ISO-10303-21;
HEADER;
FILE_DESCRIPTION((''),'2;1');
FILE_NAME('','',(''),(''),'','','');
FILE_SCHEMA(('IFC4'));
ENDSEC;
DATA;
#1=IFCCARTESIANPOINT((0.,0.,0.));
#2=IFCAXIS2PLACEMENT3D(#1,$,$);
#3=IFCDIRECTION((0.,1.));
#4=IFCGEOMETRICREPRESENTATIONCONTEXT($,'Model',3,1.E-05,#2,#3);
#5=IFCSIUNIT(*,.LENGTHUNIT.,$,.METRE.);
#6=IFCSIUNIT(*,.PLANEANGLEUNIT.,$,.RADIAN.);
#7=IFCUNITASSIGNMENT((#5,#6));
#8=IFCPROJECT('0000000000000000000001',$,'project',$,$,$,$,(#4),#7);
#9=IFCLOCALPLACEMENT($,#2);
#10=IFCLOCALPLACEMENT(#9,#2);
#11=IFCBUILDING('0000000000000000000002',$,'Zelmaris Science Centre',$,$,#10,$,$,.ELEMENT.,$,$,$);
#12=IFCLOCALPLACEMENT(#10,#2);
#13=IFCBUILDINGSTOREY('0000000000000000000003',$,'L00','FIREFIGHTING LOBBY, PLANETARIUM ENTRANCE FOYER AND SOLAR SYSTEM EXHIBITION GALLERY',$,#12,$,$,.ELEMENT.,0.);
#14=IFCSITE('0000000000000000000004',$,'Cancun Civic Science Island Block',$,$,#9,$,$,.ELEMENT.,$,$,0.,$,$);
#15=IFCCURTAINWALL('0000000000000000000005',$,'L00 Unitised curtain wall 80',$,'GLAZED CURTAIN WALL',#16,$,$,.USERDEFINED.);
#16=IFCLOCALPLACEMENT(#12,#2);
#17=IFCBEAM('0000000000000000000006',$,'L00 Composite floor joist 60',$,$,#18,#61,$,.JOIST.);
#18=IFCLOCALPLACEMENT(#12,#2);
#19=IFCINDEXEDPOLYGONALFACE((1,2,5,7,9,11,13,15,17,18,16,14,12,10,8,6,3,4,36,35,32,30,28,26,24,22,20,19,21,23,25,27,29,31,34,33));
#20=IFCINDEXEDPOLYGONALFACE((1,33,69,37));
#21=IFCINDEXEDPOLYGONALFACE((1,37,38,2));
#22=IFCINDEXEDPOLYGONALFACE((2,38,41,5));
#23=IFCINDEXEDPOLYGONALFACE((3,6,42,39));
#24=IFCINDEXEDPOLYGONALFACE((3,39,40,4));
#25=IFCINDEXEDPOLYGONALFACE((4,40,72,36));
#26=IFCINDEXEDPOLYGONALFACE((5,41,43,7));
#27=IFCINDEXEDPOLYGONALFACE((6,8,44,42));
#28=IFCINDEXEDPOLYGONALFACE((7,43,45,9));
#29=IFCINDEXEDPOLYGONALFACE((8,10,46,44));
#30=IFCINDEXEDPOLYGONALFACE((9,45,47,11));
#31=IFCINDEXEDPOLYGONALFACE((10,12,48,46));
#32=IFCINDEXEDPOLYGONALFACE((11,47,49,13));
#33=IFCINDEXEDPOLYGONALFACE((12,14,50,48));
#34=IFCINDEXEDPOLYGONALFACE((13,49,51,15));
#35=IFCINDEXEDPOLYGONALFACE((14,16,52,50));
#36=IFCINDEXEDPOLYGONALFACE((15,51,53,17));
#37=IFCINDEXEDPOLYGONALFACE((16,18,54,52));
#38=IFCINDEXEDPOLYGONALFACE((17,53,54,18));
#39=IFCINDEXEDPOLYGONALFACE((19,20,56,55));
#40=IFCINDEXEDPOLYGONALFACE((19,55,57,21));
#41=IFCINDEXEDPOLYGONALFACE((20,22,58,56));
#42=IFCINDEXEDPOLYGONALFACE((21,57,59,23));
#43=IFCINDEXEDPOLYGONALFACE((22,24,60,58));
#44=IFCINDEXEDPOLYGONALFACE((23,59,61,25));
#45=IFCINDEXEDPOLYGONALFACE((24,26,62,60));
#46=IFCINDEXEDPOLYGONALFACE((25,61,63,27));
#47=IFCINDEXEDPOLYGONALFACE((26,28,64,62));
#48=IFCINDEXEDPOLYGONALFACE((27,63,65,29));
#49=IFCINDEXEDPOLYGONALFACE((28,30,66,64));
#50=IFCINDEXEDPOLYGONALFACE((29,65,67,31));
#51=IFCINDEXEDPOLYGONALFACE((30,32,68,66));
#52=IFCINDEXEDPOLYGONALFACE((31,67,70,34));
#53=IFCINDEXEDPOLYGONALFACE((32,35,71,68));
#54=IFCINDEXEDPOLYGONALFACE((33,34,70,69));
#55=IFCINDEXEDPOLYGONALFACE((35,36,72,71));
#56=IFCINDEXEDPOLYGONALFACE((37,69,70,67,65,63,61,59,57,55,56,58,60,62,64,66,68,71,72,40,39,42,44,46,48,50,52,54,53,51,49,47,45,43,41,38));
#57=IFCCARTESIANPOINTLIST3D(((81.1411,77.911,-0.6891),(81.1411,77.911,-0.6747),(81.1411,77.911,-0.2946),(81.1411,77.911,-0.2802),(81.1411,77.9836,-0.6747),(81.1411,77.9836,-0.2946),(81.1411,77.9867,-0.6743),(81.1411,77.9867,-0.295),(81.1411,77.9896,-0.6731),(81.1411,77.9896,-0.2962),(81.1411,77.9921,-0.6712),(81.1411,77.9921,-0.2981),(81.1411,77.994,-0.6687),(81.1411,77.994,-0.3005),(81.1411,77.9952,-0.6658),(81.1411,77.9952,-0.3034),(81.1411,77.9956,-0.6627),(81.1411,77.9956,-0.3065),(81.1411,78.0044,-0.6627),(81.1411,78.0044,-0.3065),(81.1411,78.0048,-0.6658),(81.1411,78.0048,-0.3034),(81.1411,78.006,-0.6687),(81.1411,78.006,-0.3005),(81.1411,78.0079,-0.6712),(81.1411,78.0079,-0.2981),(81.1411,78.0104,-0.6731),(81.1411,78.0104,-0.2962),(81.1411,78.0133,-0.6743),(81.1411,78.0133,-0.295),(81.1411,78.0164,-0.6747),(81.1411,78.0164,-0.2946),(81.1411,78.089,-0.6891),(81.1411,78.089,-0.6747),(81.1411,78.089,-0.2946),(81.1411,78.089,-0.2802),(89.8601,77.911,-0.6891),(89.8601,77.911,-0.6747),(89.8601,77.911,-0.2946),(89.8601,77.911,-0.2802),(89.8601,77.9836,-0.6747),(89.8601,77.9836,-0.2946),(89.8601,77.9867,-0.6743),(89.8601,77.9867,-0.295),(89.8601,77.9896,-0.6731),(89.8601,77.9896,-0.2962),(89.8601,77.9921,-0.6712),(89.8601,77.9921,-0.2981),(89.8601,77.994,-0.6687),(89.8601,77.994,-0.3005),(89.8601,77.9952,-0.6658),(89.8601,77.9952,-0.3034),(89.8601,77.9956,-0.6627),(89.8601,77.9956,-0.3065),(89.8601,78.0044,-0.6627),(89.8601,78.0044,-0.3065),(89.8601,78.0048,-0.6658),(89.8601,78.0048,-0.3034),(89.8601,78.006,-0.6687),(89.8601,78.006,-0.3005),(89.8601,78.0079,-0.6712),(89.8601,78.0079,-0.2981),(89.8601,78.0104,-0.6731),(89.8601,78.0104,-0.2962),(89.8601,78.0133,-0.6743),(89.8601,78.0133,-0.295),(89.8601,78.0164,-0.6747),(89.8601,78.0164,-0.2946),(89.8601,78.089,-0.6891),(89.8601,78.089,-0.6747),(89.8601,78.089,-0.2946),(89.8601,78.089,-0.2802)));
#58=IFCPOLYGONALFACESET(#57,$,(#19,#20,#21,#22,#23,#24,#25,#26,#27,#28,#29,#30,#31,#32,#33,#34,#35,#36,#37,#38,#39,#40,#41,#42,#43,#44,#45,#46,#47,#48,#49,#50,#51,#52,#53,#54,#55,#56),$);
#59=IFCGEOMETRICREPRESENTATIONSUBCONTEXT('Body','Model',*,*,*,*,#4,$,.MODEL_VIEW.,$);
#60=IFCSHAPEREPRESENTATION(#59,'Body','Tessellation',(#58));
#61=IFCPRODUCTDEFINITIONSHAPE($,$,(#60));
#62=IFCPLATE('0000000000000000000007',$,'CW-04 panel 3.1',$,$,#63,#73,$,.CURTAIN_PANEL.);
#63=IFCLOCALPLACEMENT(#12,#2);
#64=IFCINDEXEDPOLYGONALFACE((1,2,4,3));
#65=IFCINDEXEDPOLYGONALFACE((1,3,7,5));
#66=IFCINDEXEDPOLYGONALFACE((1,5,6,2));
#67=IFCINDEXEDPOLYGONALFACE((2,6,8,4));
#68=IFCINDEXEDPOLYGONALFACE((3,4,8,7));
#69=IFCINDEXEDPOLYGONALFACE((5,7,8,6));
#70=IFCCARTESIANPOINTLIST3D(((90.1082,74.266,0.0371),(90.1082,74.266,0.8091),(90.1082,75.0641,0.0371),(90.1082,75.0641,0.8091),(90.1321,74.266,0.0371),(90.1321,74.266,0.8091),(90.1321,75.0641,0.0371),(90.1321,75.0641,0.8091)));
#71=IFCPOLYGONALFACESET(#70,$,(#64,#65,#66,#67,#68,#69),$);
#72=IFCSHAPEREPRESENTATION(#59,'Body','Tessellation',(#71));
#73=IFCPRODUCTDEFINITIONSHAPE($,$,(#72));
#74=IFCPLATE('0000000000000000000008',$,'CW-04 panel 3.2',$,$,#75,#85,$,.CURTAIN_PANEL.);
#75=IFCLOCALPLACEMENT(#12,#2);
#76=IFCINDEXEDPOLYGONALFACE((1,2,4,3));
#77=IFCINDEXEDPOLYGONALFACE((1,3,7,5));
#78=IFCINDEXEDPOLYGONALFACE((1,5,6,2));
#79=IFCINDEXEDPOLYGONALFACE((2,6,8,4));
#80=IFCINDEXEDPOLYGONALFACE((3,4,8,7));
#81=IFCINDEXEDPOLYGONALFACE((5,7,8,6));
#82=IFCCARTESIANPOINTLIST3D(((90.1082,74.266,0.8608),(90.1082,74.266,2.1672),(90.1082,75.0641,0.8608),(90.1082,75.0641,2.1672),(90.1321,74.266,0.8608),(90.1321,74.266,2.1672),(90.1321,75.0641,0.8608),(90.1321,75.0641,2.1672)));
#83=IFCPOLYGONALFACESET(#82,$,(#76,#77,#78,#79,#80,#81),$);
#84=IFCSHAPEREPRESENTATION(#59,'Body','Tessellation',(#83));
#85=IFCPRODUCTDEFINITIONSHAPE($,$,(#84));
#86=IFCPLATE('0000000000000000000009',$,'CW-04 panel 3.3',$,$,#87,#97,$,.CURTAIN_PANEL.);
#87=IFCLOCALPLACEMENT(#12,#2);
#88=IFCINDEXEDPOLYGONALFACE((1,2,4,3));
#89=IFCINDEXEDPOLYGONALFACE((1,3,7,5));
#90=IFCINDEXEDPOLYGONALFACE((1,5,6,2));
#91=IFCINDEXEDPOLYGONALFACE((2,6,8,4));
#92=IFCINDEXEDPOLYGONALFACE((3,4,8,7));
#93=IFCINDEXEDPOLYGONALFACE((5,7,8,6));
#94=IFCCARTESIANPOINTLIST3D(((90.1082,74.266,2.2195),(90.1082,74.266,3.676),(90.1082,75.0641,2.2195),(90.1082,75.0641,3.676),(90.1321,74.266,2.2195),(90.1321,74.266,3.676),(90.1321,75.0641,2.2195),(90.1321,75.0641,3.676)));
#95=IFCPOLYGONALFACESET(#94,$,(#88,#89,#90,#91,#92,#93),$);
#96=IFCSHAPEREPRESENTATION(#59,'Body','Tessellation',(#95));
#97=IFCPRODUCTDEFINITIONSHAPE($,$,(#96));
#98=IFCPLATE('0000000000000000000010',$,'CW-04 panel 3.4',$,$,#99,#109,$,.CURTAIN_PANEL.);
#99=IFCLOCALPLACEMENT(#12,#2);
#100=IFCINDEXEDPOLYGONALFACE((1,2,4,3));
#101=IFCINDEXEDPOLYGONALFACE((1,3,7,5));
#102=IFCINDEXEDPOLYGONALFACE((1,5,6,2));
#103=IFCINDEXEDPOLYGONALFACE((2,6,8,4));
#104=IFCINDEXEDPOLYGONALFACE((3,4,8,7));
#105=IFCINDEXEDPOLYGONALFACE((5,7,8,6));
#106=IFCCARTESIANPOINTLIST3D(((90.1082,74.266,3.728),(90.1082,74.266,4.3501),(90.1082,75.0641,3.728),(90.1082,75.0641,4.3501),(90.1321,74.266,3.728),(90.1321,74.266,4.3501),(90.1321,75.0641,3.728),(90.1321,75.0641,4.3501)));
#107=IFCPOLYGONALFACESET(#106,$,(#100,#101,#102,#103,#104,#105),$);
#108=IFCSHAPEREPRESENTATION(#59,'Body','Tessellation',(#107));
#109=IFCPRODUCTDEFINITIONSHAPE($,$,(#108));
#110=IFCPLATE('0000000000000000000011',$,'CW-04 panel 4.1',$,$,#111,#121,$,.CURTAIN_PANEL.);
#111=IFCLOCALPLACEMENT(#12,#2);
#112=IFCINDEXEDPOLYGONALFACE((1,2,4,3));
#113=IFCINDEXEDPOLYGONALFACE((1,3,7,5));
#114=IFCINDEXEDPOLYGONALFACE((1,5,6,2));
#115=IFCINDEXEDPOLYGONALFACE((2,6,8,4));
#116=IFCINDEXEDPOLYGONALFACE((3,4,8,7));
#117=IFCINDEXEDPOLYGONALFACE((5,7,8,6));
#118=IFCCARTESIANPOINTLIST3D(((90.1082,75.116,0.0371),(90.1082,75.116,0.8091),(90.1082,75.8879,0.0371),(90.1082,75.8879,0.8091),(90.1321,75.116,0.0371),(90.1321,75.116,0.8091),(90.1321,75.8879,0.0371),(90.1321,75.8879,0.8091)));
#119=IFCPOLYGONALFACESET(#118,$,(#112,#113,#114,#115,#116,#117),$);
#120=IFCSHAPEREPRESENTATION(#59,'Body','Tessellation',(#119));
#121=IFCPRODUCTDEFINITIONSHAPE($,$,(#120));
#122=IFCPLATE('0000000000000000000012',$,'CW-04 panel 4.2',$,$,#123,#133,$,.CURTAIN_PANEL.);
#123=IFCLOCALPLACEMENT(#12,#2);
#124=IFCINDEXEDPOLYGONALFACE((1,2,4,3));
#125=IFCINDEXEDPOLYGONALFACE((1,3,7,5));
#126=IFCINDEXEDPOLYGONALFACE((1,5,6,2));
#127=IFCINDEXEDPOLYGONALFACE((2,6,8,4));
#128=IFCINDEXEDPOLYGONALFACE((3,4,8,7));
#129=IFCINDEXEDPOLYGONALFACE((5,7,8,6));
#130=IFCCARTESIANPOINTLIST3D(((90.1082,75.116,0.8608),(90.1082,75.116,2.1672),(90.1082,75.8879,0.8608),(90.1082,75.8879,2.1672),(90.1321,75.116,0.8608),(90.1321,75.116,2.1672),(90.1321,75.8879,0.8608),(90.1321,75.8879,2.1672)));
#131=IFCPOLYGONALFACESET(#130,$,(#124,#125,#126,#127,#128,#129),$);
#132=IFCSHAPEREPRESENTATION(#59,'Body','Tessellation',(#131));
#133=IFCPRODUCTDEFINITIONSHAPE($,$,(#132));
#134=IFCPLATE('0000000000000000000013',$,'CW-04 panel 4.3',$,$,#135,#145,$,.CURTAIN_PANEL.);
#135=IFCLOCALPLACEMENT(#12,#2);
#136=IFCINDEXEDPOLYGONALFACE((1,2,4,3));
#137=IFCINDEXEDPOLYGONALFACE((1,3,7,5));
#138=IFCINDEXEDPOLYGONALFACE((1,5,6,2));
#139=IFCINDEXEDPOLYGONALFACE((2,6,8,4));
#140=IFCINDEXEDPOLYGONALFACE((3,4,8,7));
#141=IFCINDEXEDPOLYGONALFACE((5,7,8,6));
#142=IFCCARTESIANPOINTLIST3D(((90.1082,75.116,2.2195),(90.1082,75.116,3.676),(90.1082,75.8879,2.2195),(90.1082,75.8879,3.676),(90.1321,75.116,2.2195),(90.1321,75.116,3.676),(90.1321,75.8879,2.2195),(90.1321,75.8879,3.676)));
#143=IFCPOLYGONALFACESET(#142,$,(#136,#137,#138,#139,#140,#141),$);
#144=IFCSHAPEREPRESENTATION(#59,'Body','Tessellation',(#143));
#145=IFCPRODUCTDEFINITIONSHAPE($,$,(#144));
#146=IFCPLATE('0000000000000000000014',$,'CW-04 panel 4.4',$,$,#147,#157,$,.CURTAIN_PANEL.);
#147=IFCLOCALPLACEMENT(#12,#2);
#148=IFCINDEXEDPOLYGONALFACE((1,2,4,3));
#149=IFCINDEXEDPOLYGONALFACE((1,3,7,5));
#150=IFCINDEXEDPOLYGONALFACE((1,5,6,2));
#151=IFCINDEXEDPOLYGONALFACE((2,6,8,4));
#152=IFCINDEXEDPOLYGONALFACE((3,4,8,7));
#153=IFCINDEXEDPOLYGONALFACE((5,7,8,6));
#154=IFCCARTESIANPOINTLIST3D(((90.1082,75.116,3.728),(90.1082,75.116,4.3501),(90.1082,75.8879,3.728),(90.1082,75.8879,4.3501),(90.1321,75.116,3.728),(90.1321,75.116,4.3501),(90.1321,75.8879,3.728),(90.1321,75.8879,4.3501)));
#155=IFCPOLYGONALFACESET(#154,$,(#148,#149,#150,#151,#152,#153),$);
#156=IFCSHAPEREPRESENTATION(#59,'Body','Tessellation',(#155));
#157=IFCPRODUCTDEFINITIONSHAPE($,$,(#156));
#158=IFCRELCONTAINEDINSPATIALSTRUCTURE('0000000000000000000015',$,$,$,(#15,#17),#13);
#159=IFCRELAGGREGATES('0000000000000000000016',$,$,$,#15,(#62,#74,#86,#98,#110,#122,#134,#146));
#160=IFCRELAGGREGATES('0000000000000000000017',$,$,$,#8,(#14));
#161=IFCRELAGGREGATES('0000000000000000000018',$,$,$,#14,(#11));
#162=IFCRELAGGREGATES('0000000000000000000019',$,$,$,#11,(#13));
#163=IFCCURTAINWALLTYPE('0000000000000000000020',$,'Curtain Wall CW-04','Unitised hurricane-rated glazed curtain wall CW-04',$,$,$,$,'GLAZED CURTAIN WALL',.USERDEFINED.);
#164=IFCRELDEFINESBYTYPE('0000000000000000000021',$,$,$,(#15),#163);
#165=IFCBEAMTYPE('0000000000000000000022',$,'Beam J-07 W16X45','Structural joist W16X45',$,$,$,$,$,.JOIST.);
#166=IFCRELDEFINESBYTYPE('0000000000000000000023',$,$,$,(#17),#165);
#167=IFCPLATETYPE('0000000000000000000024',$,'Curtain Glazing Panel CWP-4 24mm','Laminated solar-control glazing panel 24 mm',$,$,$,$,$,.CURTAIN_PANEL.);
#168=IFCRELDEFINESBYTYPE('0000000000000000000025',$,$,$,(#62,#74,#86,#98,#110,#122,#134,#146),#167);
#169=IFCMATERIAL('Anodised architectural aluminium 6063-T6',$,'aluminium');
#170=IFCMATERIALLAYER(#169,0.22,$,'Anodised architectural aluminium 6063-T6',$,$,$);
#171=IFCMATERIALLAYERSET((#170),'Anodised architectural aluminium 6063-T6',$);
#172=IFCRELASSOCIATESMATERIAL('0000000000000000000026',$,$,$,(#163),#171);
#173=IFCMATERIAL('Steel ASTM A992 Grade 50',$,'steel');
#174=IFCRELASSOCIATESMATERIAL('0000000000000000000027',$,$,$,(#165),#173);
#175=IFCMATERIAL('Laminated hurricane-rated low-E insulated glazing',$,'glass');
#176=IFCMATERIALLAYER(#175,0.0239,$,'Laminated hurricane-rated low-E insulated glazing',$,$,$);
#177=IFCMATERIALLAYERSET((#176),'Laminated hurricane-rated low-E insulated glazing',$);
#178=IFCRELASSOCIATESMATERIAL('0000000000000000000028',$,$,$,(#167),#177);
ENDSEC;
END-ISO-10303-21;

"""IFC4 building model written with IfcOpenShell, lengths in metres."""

from ifc_helpers import new_model, si_unit, direction, frame, origin, origin_2d, place, context, subcontext, project, spatial, rectangle, i_section, extrude, material, layer, layer_set, material_profile, profile_set, type_object, element, aggregate, save


model = new_model("IFC4")

# Units and contexts
model_context = context("Model", 3, precision=1e-05, world=origin(), true_north=direction((0.0, 1.0)))
body_context = subcontext(model_context, "Body", "Model", "MODEL_VIEW")
ifc_project = project(units=[si_unit("LENGTHUNIT", "METRE"), si_unit("PLANEANGLEUNIT", "RADIAN")], contexts=[model_context])

# Site, building, storey
site_placement = place(None, origin())
site = spatial("IfcSite", under=ifc_project, at=site_placement, Name="Cancun Civic Science Island Block", CompositionType="ELEMENT", RefElevation=0.0)
building_placement = place(site_placement, origin())
building = spatial("IfcBuilding", under=site, at=building_placement, Name="Zelmaris Science Centre", CompositionType="ELEMENT")
storey_placement = place(building_placement, origin())
storey = spatial("IfcBuildingStorey", under=building, at=storey_placement, Name="L00", Description="FIREFIGHTING LOBBY, PLANETARIUM ENTRANCE FOYER AND SOLAR SYSTEM EXHIBITION GALLERY", CompositionType="ELEMENT", Elevation=0.0)

# Shared definitions
ifc_material_1 = material(Name="Steel ASTM A992 Grade 50", Category="steel")

# Curtain wall
ifc_material_2 = material(Name="Anodised architectural aluminium 6063-T6", Category="aluminium")
ifc_layer_1 = layer(ifc_material_2, 0.22, Name="Anodised architectural aluminium 6063-T6")
ifc_layer_set_1 = layer_set([ifc_layer_1], Name="Anodised architectural aluminium 6063-T6")
curtain_wall_type_1 = type_object("IfcCurtainWallType", Name="Curtain Wall CW-04", Description="Unitised hurricane-rated glazed curtain wall CW-04", ElementType="GLAZED CURTAIN WALL", PredefinedType="USERDEFINED", material=ifc_layer_set_1)
curtain_wall_1_placement = place(storey_placement, origin())
curtain_wall_1 = element("IfcCurtainWall", 1, at=curtain_wall_1_placement, inside=storey, type_object=curtain_wall_type_1, Name="L00 Unitised curtain wall 80", ObjectType="GLAZED CURTAIN WALL", PredefinedType="USERDEFINED")

# Beam
ifc_material_profile_1 = material_profile(ifc_material_1, i_section(OverallWidth=0.178, OverallDepth=0.4089, WebThickness=0.0088, FlangeThickness=0.0144, FilletRadius=0.012, at=origin_2d()), Name="W16X45")
ifc_profile_set_1 = profile_set([ifc_material_profile_1], Name="Steel ASTM A992 Grade 50")
beam_type_1 = type_object("IfcBeamType", Name="Beam J-07 W16X45", Description="Structural joist W16X45", PredefinedType="JOIST", material=ifc_profile_set_1)
beam_1_placement = place(storey_placement, frame((81.1411, 78.0, -0.4846), z_axis=(1.0, 0.0, 0.0), x_axis=(0.0, 1.0, 0.0)))
element("IfcBeam", 2, at=beam_1_placement, inside=storey, type_object=beam_type_1, Name="L00 Composite floor joist 60", PredefinedType="JOIST", context=body_context, shape_type="SweptSolid", body=[
    extrude(i_section(OverallWidth=0.178, OverallDepth=0.4089, WebThickness=0.0088, FlangeThickness=0.0144, FilletRadius=0.012, at=origin_2d()), origin(), (0.0, 0.0, 1.0), 8.719),
])

# Plates
ifc_material_3 = material(Name="Laminated hurricane-rated low-E insulated glazing", Category="glass")
ifc_layer_2 = layer(ifc_material_3, 0.0239, Name="Laminated hurricane-rated low-E insulated glazing")
ifc_layer_set_2 = layer_set([ifc_layer_2], Name="Laminated hurricane-rated low-E insulated glazing")
plate_type = type_object("IfcPlateType", Name="Curtain Glazing Panel CWP-4 24mm", Description="Laminated solar-control glazing panel 24 mm", PredefinedType="CURTAIN_PANEL", material=ifc_layer_set_2)
plate_1_placement = place(storey_placement, frame((90.1201, 74.665, 0.0371), z_axis=(0.0, 0.0, 1.0), x_axis=(0.0, 1.0, 0.0)))
plate_1 = element("IfcPlate", 3, at=plate_1_placement, type_object=plate_type, Name="CW-04 panel 3.1", PredefinedType="CURTAIN_PANEL", context=body_context, shape_type="SweptSolid", body=[
    extrude(rectangle(XDim=0.7981, YDim=0.0239, at=origin_2d()), origin(), (0.0, 0.0, 1.0), 0.772),
])
plate_2_placement = place(storey_placement, frame((90.1201, 74.665, 0.8608), z_axis=(0.0, 0.0, 1.0), x_axis=(0.0, 1.0, 0.0)))
plate_2 = element("IfcPlate", 4, at=plate_2_placement, type_object=plate_type, Name="CW-04 panel 3.2", PredefinedType="CURTAIN_PANEL", context=body_context, shape_type="SweptSolid", body=[
    extrude(rectangle(XDim=0.7981, YDim=0.0239, at=origin_2d()), origin(), (0.0, 0.0, 1.0), 1.3064),
])
plate_3_placement = place(storey_placement, frame((90.1201, 74.665, 2.2195), z_axis=(0.0, 0.0, 1.0), x_axis=(0.0, 1.0, 0.0)))
plate_3 = element("IfcPlate", 5, at=plate_3_placement, type_object=plate_type, Name="CW-04 panel 3.3", PredefinedType="CURTAIN_PANEL", context=body_context, shape_type="SweptSolid", body=[
    extrude(rectangle(XDim=0.7981, YDim=0.0239, at=origin_2d()), origin(), (0.0, 0.0, 1.0), 1.4565),
])
plate_4_placement = place(storey_placement, frame((90.1201, 74.665, 3.728), z_axis=(0.0, 0.0, 1.0), x_axis=(0.0, 1.0, 0.0)))
plate_4 = element("IfcPlate", 6, at=plate_4_placement, type_object=plate_type, Name="CW-04 panel 3.4", PredefinedType="CURTAIN_PANEL", context=body_context, shape_type="SweptSolid", body=[
    extrude(rectangle(XDim=0.7981, YDim=0.0239, at=origin_2d()), origin(), (0.0, 0.0, 1.0), 0.6221),
])
plate_5_placement = place(storey_placement, frame((90.1201, 75.502, 0.0371), z_axis=(0.0, 0.0, 1.0), x_axis=(0.0, 1.0, 0.0)))
plate_5 = element("IfcPlate", 7, at=plate_5_placement, type_object=plate_type, Name="CW-04 panel 4.1", PredefinedType="CURTAIN_PANEL", context=body_context, shape_type="SweptSolid", body=[
    extrude(rectangle(XDim=0.772, YDim=0.0239, at=origin_2d()), origin(), (0.0, 0.0, 1.0), 0.772),
])
plate_6_placement = place(storey_placement, frame((90.1201, 75.502, 0.8608), z_axis=(0.0, 0.0, 1.0), x_axis=(0.0, 1.0, 0.0)))
plate_6 = element("IfcPlate", 8, at=plate_6_placement, type_object=plate_type, Name="CW-04 panel 4.2", PredefinedType="CURTAIN_PANEL", context=body_context, shape_type="SweptSolid", body=[
    extrude(rectangle(XDim=0.772, YDim=0.0239, at=origin_2d()), origin(), (0.0, 0.0, 1.0), 1.3064),
])
plate_7_placement = place(storey_placement, frame((90.1201, 75.502, 2.2195), z_axis=(0.0, 0.0, 1.0), x_axis=(0.0, 1.0, 0.0)))
plate_7 = element("IfcPlate", 9, at=plate_7_placement, type_object=plate_type, Name="CW-04 panel 4.3", PredefinedType="CURTAIN_PANEL", context=body_context, shape_type="SweptSolid", body=[
    extrude(rectangle(XDim=0.772, YDim=0.0239, at=origin_2d()), origin(), (0.0, 0.0, 1.0), 1.4565),
])
plate_8_placement = place(storey_placement, frame((90.1201, 75.502, 3.728), z_axis=(0.0, 0.0, 1.0), x_axis=(0.0, 1.0, 0.0)))
plate_8 = element("IfcPlate", 10, at=plate_8_placement, type_object=plate_type, Name="CW-04 panel 4.4", PredefinedType="CURTAIN_PANEL", context=body_context, shape_type="SweptSolid", body=[
    extrude(rectangle(XDim=0.772, YDim=0.0239, at=origin_2d()), origin(), (0.0, 0.0, 1.0), 0.6221),
])
aggregate(curtain_wall_1, [plate_1, plate_2, plate_3, plate_4, plate_5, plate_6, plate_7, plate_8])

save(model, "model.ifc")
